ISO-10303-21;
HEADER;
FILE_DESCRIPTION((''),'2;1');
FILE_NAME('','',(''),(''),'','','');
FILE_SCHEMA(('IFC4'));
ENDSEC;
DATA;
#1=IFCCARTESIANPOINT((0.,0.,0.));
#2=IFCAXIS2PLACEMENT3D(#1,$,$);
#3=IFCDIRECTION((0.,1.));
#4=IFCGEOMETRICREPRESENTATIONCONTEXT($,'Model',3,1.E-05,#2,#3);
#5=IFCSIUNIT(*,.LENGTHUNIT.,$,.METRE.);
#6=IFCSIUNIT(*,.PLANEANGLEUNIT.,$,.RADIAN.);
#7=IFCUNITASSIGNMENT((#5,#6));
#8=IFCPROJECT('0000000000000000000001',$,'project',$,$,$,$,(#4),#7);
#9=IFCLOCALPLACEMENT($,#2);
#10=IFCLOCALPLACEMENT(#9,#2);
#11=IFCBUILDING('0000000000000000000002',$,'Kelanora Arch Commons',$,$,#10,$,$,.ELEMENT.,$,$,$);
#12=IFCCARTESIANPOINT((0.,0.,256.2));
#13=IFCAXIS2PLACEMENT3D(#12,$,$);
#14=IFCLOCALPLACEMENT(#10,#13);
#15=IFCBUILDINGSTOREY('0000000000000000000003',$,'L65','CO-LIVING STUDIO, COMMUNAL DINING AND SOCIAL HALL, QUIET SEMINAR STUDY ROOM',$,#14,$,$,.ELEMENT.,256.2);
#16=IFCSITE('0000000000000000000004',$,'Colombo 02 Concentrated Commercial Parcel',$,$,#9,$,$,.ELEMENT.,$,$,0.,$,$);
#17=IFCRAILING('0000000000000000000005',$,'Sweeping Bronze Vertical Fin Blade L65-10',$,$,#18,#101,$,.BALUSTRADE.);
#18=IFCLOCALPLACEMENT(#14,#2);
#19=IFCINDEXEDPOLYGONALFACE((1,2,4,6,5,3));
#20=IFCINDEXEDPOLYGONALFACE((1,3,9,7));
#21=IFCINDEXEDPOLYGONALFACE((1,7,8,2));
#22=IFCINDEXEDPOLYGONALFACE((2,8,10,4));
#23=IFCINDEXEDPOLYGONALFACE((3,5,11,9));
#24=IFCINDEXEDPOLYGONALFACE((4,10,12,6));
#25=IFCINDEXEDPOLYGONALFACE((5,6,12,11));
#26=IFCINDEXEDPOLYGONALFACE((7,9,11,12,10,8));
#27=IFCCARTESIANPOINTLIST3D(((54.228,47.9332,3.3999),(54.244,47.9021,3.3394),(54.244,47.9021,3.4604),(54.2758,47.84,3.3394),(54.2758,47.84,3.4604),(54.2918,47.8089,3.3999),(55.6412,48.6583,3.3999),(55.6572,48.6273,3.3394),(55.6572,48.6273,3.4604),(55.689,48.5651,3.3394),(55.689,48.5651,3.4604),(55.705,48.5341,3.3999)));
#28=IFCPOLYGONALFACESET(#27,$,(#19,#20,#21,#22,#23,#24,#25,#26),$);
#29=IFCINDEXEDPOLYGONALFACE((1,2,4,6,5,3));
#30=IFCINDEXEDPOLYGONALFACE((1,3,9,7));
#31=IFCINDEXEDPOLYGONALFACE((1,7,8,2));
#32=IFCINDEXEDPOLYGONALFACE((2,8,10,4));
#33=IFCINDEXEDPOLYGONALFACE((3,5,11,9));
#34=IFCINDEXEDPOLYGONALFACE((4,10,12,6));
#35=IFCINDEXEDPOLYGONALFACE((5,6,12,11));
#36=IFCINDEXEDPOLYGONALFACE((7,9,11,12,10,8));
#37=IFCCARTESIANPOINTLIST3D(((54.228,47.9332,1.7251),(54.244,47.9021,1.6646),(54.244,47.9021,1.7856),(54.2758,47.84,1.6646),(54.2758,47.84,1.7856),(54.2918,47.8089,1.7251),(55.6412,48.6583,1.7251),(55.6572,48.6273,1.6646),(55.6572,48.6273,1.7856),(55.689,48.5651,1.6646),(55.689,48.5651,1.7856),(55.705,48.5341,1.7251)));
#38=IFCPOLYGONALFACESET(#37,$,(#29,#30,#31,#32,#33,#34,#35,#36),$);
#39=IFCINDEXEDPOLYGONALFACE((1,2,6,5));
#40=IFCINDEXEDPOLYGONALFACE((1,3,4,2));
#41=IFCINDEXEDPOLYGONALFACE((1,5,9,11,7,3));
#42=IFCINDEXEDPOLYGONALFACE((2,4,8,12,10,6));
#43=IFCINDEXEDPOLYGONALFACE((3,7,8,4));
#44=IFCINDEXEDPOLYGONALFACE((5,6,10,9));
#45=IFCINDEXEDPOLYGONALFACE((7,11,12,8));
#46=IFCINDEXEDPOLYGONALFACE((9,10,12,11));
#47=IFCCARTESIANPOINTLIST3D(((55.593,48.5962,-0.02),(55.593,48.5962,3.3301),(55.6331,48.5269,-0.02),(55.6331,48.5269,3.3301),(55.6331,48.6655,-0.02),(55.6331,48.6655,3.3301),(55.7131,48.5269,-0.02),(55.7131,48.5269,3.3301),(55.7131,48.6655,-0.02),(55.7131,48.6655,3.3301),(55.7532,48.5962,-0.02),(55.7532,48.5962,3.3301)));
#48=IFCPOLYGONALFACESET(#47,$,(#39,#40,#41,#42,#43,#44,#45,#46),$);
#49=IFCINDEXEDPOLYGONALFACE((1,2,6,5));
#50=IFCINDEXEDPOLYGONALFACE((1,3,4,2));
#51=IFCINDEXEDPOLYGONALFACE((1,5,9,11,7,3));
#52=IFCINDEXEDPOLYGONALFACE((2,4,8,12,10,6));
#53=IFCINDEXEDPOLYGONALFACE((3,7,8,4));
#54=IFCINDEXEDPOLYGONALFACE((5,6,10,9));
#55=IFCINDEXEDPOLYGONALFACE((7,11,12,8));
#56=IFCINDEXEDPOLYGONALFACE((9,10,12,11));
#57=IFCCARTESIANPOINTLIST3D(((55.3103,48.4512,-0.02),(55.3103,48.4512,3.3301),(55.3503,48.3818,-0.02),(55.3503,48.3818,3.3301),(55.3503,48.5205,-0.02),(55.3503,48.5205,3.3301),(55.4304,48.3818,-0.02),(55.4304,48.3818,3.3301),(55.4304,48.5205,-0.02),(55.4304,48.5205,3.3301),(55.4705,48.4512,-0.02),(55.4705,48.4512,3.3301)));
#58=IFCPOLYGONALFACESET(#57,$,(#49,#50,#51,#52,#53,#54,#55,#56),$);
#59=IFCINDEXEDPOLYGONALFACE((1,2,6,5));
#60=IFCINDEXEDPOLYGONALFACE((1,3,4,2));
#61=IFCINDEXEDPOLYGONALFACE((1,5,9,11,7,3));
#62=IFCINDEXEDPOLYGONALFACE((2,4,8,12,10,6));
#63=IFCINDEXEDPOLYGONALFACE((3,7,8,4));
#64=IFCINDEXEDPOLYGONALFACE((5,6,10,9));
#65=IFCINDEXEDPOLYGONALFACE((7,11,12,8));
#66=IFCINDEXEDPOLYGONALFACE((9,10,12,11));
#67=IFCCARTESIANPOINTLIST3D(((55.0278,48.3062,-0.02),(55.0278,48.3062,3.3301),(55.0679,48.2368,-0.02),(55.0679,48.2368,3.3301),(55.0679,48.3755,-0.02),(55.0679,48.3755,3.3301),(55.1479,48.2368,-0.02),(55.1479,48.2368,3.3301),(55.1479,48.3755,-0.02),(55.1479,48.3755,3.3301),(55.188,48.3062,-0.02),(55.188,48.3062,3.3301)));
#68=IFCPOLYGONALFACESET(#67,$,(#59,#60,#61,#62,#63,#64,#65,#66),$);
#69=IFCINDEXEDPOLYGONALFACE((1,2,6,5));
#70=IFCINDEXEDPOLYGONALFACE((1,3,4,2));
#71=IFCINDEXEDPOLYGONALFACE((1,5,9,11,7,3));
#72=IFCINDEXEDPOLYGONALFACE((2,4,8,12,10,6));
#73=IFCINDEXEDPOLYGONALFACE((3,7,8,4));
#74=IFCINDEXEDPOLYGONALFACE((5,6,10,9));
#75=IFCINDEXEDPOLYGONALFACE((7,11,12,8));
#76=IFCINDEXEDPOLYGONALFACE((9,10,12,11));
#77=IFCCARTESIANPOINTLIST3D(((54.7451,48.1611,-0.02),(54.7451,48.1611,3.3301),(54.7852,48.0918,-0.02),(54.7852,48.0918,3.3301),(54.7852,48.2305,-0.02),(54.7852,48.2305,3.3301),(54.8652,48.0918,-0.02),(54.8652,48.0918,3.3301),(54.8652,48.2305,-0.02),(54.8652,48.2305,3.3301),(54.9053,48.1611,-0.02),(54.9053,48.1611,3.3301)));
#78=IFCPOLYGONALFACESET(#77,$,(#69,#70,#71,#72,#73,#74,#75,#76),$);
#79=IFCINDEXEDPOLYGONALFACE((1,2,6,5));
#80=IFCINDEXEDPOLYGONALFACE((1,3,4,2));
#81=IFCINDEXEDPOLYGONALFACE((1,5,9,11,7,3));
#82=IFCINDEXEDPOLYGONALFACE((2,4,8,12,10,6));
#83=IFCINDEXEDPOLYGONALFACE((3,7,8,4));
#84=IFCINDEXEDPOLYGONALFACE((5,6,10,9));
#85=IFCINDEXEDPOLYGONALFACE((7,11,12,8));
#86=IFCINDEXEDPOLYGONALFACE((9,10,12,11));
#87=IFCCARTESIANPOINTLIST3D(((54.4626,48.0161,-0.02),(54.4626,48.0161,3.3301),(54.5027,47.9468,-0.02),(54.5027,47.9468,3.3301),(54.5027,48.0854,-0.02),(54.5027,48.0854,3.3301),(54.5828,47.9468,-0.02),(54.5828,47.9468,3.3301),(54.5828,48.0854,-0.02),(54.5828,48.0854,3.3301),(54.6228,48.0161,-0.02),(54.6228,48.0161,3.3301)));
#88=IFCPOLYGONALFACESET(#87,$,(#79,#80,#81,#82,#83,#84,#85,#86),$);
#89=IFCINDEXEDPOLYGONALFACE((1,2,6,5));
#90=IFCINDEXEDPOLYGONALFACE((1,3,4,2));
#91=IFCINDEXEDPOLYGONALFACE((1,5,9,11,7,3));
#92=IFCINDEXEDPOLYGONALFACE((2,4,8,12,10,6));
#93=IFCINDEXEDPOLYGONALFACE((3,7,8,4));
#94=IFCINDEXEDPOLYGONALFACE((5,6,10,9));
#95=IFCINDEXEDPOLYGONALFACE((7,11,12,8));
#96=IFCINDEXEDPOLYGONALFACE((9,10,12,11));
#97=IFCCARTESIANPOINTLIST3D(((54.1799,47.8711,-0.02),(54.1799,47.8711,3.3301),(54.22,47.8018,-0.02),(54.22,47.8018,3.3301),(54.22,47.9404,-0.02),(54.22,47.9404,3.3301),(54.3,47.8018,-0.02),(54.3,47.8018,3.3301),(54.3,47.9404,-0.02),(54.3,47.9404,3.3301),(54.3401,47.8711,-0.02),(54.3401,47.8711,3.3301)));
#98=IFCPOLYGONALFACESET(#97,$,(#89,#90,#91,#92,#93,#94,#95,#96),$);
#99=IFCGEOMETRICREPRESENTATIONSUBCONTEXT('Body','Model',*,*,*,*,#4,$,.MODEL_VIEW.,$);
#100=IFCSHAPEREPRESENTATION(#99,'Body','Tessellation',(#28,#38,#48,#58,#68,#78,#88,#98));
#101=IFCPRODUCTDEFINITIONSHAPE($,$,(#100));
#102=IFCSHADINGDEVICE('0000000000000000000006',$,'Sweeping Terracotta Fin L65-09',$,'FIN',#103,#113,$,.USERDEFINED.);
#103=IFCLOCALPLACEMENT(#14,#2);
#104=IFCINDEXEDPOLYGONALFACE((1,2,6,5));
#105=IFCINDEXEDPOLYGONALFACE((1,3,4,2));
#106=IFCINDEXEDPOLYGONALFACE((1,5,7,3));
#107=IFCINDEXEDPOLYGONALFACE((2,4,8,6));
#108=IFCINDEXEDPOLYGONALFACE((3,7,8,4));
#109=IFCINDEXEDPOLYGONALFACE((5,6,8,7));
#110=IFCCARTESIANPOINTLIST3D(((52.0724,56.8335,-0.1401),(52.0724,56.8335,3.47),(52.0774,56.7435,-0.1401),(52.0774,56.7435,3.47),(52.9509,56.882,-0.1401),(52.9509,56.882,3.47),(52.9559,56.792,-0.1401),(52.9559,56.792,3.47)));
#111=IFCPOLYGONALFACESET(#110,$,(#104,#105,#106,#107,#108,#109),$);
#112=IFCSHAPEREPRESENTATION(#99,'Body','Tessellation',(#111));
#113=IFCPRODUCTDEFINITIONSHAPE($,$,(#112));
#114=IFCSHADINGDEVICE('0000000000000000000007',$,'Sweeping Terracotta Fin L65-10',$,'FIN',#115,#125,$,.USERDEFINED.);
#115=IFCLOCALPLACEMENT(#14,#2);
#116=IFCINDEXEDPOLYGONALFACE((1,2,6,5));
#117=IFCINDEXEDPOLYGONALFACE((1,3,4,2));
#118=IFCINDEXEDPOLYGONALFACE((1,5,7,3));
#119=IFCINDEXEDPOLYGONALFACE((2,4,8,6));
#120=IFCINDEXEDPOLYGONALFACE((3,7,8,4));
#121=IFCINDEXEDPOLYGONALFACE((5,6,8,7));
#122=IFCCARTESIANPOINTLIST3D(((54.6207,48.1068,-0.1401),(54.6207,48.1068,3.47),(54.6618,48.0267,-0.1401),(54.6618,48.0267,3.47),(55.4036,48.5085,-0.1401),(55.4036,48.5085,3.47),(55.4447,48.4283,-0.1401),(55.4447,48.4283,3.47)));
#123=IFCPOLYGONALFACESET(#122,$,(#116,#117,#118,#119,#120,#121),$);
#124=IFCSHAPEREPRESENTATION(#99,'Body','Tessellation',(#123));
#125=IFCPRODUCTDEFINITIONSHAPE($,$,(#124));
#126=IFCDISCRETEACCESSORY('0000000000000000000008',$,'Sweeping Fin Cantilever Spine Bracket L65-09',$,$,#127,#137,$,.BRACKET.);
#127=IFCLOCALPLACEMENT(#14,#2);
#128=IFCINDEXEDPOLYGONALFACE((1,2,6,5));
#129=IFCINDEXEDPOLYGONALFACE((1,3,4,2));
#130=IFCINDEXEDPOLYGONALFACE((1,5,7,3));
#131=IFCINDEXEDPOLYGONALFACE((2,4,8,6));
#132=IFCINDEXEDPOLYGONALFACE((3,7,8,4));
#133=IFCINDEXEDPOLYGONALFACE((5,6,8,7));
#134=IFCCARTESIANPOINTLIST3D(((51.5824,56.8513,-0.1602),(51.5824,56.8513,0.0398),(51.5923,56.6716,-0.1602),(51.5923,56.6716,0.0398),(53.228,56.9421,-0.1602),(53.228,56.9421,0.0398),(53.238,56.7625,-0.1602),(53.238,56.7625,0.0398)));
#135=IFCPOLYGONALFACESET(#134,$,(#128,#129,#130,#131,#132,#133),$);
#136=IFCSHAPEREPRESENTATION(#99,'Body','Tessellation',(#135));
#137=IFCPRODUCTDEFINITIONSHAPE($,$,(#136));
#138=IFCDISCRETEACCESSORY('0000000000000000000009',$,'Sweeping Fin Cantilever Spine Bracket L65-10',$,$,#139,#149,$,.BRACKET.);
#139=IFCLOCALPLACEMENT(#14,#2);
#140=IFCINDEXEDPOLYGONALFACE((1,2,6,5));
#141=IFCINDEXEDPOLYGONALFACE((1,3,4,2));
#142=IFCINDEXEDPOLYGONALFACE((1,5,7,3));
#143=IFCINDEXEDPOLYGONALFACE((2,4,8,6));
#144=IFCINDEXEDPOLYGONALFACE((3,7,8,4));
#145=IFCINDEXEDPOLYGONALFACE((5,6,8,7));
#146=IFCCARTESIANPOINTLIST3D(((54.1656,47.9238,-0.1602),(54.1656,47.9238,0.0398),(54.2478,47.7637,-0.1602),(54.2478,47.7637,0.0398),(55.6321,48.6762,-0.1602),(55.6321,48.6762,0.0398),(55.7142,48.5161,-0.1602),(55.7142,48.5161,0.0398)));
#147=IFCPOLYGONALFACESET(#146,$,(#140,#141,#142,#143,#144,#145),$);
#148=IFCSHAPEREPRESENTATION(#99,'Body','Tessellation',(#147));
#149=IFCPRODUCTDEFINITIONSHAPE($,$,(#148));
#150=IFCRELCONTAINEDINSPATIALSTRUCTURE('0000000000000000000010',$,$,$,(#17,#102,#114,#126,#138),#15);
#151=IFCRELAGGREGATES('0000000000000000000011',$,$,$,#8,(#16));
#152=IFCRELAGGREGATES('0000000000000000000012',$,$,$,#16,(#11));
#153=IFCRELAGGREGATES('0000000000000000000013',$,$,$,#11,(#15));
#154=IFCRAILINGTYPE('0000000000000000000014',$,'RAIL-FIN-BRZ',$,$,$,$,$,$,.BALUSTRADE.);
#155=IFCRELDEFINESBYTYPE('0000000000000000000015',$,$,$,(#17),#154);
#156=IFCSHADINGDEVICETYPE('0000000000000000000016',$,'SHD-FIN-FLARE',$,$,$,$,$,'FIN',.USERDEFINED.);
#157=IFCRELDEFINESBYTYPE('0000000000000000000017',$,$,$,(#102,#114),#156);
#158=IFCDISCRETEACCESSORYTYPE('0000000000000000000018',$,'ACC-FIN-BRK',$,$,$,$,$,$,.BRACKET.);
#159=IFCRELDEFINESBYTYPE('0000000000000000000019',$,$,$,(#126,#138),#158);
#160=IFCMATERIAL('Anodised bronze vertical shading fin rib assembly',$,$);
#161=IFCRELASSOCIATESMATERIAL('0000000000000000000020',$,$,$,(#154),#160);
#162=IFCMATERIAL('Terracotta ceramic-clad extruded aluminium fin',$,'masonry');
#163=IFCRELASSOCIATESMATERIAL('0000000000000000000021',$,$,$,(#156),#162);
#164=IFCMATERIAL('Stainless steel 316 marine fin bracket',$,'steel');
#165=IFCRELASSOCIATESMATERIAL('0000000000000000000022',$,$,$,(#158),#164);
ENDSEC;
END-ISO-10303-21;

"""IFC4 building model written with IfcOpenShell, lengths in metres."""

from ifc_helpers import new_model, si_unit, direction, frame, origin, origin_2d, place, context, subcontext, project, spatial, polyline, rectangle, outline, extrude, source, transform, mapped, material, type_object, element, save


model = new_model("IFC4")

# Units and contexts
model_context = context("Model", 3, precision=1e-05, world=origin(), true_north=direction((0.0, 1.0)))
body_context = subcontext(model_context, "Body", "Model", "MODEL_VIEW")
ifc_project = project(units=[si_unit("LENGTHUNIT", "METRE"), si_unit("PLANEANGLEUNIT", "RADIAN")], contexts=[model_context])

# Site, building, storey
site_placement = place(None, origin())
site = spatial("IfcSite", under=ifc_project, at=site_placement, Name="Colombo 02 Concentrated Commercial Parcel", CompositionType="ELEMENT", RefElevation=0.0)
building_placement = place(site_placement, origin())
building = spatial("IfcBuilding", under=site, at=building_placement, Name="Kelanora Arch Commons", CompositionType="ELEMENT")
storey_placement = place(building_placement, frame((0.0, 0.0, 256.2)))
storey = spatial("IfcBuildingStorey", under=building, at=storey_placement, Name="L65", Description="CO-LIVING STUDIO, COMMUNAL DINING AND SOCIAL HALL, QUIET SEMINAR STUDY ROOM", CompositionType="ELEMENT", Elevation=256.2)

# Railing
ifc_material_1 = material(Name="Anodised bronze vertical shading fin rib assembly")
railing_type = type_object("IfcRailingType", Name="RAIL-FIN-BRZ", PredefinedType="BALUSTRADE", material=ifc_material_1)
railing_1_placement = place(storey_placement, frame((55.6731, 48.5962, -0.02)))
element("IfcRailing", 1, at=railing_1_placement, inside=storey, type_object=railing_type, Name="Sweeping Bronze Vertical Fin Blade L65-10", PredefinedType="BALUSTRADE", context=body_context, shape_type="SweptSolid", body=[
    extrude(outline(polyline([(0.0698, 0.0), (0.0349, 0.0605), (-0.0349, 0.0605), (-0.0698, 0.0), (-0.0349, -0.0605), (0.0349, -0.0605), (0.0698, 0.0)])), frame((0.0, 0.0, 3.4199), z_axis=(-0.889705, -0.456535, 0.0), x_axis=(0.456535, -0.889705, 0.0)), (0.0, 0.0, 1.0), 1.5884),
    extrude(outline(polyline([(0.0698, 0.0), (0.0349, 0.0605), (-0.0349, 0.0605), (-0.0698, 0.0), (-0.0349, -0.0605), (0.0349, -0.0605), (0.0698, 0.0)])), frame((0.0, 0.0, 1.7451), z_axis=(-0.889705, -0.456535, 0.0), x_axis=(0.456535, -0.889705, 0.0)), (0.0, 0.0, 1.0), 1.5884),
    extrude(outline(polyline([(0.0801, 0.0), (0.04, 0.0693), (-0.04, 0.0693), (-0.0801, 0.0), (-0.04, -0.0693), (0.04, -0.0693), (0.0801, 0.0)])), origin(), (0.0, 0.0, 1.0), 3.3501),
    extrude(outline(polyline([(0.0801, 0.0), (0.04, 0.0693), (-0.04, 0.0693), (-0.0801, 0.0), (-0.04, -0.0693), (0.04, -0.0693), (0.0801, 0.0)])), frame((-0.2827, -0.145, 0.0)), (0.0, 0.0, 1.0), 3.3501),
    extrude(outline(polyline([(0.0801, 0.0), (0.04, 0.0693), (-0.04, 0.0693), (-0.0801, 0.0), (-0.04, -0.0693), (0.04, -0.0693), (0.0801, 0.0)])), frame((-0.5652, -0.29, 0.0)), (0.0, 0.0, 1.0), 3.3501),
    extrude(outline(polyline([(0.0801, 0.0), (0.04, 0.0693), (-0.04, 0.0693), (-0.0801, 0.0), (-0.04, -0.0693), (0.04, -0.0693), (0.0801, 0.0)])), frame((-0.8479, -0.4351, 0.0)), (0.0, 0.0, 1.0), 3.3501),
    extrude(outline(polyline([(0.0801, 0.0), (0.04, 0.0693), (-0.04, 0.0693), (-0.0801, 0.0), (-0.04, -0.0693), (0.04, -0.0693), (0.0801, 0.0)])), frame((-1.1304, -0.5801, 0.0)), (0.0, 0.0, 1.0), 3.3501),
    extrude(outline(polyline([(0.0801, 0.0), (0.04, 0.0693), (-0.04, 0.0693), (-0.0801, 0.0), (-0.04, -0.0693), (0.04, -0.0693), (0.0801, 0.0)])), frame((-1.4131, -0.7251, 0.0)), (0.0, 0.0, 1.0), 3.3501),
])

# Shading devices
ifc_material_2 = material(Name="Terracotta ceramic-clad extruded aluminium fin", Category="masonry")
shading_device_type = type_object("IfcShadingDeviceType", Name="SHD-FIN-FLARE", ElementType="FIN", PredefinedType="USERDEFINED", material=ifc_material_2)
shared_shape_1 = source(origin(), body_context, "Body", "SweptSolid", [
    extrude(rectangle(XDim=0.8799, YDim=0.0901, at=origin_2d()), origin(), (0.0, 0.0, 1.0), 3.6101),
])
for number, where, z_axis, x_axis, name in (
    (2, (52.5142, 56.8127, -0.1401), (0.0, 0.0, 1.0), (-0.998479, -0.055124, 0.0), "Sweeping Terracotta Fin L65-09"),
    (3, (55.0327, 48.2676, -0.1401), (0.0, 0.0, 1.0), (-0.889735, -0.456477, 0.0), "Sweeping Terracotta Fin L65-10"),
):
    element("IfcShadingDevice", number, at=place(storey_placement, frame(where, z_axis=z_axis, x_axis=x_axis)), inside=storey, type_object=shading_device_type, Name=name, ObjectType="FIN", PredefinedType="USERDEFINED", context=body_context, shape_type="MappedRepresentation", body=[
        mapped(shared_shape_1, transform((0.0, 0.0, 0.0), scale=1.0)),
    ])

# Discrete accessories
ifc_material_3 = material(Name="Stainless steel 316 marine fin bracket", Category="steel")
discrete_accessory_type = type_object("IfcDiscreteAccessoryType", Name="ACC-FIN-BRK", PredefinedType="BRACKET", material=ifc_material_3)
shared_shape_2 = source(origin(), body_context, "Body", "SweptSolid", [
    extrude(rectangle(XDim=1.6482, YDim=0.1799, at=origin_2d()), origin(), (0.0, 0.0, 1.0), 0.2),
])
for number, where, z_axis, x_axis, name in (
    (4, (52.4102, 56.8069, -0.1602), (0.0, 0.0, 1.0), (-0.998479, -0.055124, 0.0), "Sweeping Fin Cantilever Spine Bracket L65-09"),
    (5, (54.9399, 48.22, -0.1602), (0.0, 0.0, 1.0), (-0.889735, -0.456477, 0.0), "Sweeping Fin Cantilever Spine Bracket L65-10"),
):
    element("IfcDiscreteAccessory", number, at=place(storey_placement, frame(where, z_axis=z_axis, x_axis=x_axis)), inside=storey, type_object=discrete_accessory_type, Name=name, PredefinedType="BRACKET", context=body_context, shape_type="MappedRepresentation", body=[
        mapped(shared_shape_2, transform((0.0, 0.0, 0.0), scale=1.0)),
    ])

save(model, "model.ifc")
